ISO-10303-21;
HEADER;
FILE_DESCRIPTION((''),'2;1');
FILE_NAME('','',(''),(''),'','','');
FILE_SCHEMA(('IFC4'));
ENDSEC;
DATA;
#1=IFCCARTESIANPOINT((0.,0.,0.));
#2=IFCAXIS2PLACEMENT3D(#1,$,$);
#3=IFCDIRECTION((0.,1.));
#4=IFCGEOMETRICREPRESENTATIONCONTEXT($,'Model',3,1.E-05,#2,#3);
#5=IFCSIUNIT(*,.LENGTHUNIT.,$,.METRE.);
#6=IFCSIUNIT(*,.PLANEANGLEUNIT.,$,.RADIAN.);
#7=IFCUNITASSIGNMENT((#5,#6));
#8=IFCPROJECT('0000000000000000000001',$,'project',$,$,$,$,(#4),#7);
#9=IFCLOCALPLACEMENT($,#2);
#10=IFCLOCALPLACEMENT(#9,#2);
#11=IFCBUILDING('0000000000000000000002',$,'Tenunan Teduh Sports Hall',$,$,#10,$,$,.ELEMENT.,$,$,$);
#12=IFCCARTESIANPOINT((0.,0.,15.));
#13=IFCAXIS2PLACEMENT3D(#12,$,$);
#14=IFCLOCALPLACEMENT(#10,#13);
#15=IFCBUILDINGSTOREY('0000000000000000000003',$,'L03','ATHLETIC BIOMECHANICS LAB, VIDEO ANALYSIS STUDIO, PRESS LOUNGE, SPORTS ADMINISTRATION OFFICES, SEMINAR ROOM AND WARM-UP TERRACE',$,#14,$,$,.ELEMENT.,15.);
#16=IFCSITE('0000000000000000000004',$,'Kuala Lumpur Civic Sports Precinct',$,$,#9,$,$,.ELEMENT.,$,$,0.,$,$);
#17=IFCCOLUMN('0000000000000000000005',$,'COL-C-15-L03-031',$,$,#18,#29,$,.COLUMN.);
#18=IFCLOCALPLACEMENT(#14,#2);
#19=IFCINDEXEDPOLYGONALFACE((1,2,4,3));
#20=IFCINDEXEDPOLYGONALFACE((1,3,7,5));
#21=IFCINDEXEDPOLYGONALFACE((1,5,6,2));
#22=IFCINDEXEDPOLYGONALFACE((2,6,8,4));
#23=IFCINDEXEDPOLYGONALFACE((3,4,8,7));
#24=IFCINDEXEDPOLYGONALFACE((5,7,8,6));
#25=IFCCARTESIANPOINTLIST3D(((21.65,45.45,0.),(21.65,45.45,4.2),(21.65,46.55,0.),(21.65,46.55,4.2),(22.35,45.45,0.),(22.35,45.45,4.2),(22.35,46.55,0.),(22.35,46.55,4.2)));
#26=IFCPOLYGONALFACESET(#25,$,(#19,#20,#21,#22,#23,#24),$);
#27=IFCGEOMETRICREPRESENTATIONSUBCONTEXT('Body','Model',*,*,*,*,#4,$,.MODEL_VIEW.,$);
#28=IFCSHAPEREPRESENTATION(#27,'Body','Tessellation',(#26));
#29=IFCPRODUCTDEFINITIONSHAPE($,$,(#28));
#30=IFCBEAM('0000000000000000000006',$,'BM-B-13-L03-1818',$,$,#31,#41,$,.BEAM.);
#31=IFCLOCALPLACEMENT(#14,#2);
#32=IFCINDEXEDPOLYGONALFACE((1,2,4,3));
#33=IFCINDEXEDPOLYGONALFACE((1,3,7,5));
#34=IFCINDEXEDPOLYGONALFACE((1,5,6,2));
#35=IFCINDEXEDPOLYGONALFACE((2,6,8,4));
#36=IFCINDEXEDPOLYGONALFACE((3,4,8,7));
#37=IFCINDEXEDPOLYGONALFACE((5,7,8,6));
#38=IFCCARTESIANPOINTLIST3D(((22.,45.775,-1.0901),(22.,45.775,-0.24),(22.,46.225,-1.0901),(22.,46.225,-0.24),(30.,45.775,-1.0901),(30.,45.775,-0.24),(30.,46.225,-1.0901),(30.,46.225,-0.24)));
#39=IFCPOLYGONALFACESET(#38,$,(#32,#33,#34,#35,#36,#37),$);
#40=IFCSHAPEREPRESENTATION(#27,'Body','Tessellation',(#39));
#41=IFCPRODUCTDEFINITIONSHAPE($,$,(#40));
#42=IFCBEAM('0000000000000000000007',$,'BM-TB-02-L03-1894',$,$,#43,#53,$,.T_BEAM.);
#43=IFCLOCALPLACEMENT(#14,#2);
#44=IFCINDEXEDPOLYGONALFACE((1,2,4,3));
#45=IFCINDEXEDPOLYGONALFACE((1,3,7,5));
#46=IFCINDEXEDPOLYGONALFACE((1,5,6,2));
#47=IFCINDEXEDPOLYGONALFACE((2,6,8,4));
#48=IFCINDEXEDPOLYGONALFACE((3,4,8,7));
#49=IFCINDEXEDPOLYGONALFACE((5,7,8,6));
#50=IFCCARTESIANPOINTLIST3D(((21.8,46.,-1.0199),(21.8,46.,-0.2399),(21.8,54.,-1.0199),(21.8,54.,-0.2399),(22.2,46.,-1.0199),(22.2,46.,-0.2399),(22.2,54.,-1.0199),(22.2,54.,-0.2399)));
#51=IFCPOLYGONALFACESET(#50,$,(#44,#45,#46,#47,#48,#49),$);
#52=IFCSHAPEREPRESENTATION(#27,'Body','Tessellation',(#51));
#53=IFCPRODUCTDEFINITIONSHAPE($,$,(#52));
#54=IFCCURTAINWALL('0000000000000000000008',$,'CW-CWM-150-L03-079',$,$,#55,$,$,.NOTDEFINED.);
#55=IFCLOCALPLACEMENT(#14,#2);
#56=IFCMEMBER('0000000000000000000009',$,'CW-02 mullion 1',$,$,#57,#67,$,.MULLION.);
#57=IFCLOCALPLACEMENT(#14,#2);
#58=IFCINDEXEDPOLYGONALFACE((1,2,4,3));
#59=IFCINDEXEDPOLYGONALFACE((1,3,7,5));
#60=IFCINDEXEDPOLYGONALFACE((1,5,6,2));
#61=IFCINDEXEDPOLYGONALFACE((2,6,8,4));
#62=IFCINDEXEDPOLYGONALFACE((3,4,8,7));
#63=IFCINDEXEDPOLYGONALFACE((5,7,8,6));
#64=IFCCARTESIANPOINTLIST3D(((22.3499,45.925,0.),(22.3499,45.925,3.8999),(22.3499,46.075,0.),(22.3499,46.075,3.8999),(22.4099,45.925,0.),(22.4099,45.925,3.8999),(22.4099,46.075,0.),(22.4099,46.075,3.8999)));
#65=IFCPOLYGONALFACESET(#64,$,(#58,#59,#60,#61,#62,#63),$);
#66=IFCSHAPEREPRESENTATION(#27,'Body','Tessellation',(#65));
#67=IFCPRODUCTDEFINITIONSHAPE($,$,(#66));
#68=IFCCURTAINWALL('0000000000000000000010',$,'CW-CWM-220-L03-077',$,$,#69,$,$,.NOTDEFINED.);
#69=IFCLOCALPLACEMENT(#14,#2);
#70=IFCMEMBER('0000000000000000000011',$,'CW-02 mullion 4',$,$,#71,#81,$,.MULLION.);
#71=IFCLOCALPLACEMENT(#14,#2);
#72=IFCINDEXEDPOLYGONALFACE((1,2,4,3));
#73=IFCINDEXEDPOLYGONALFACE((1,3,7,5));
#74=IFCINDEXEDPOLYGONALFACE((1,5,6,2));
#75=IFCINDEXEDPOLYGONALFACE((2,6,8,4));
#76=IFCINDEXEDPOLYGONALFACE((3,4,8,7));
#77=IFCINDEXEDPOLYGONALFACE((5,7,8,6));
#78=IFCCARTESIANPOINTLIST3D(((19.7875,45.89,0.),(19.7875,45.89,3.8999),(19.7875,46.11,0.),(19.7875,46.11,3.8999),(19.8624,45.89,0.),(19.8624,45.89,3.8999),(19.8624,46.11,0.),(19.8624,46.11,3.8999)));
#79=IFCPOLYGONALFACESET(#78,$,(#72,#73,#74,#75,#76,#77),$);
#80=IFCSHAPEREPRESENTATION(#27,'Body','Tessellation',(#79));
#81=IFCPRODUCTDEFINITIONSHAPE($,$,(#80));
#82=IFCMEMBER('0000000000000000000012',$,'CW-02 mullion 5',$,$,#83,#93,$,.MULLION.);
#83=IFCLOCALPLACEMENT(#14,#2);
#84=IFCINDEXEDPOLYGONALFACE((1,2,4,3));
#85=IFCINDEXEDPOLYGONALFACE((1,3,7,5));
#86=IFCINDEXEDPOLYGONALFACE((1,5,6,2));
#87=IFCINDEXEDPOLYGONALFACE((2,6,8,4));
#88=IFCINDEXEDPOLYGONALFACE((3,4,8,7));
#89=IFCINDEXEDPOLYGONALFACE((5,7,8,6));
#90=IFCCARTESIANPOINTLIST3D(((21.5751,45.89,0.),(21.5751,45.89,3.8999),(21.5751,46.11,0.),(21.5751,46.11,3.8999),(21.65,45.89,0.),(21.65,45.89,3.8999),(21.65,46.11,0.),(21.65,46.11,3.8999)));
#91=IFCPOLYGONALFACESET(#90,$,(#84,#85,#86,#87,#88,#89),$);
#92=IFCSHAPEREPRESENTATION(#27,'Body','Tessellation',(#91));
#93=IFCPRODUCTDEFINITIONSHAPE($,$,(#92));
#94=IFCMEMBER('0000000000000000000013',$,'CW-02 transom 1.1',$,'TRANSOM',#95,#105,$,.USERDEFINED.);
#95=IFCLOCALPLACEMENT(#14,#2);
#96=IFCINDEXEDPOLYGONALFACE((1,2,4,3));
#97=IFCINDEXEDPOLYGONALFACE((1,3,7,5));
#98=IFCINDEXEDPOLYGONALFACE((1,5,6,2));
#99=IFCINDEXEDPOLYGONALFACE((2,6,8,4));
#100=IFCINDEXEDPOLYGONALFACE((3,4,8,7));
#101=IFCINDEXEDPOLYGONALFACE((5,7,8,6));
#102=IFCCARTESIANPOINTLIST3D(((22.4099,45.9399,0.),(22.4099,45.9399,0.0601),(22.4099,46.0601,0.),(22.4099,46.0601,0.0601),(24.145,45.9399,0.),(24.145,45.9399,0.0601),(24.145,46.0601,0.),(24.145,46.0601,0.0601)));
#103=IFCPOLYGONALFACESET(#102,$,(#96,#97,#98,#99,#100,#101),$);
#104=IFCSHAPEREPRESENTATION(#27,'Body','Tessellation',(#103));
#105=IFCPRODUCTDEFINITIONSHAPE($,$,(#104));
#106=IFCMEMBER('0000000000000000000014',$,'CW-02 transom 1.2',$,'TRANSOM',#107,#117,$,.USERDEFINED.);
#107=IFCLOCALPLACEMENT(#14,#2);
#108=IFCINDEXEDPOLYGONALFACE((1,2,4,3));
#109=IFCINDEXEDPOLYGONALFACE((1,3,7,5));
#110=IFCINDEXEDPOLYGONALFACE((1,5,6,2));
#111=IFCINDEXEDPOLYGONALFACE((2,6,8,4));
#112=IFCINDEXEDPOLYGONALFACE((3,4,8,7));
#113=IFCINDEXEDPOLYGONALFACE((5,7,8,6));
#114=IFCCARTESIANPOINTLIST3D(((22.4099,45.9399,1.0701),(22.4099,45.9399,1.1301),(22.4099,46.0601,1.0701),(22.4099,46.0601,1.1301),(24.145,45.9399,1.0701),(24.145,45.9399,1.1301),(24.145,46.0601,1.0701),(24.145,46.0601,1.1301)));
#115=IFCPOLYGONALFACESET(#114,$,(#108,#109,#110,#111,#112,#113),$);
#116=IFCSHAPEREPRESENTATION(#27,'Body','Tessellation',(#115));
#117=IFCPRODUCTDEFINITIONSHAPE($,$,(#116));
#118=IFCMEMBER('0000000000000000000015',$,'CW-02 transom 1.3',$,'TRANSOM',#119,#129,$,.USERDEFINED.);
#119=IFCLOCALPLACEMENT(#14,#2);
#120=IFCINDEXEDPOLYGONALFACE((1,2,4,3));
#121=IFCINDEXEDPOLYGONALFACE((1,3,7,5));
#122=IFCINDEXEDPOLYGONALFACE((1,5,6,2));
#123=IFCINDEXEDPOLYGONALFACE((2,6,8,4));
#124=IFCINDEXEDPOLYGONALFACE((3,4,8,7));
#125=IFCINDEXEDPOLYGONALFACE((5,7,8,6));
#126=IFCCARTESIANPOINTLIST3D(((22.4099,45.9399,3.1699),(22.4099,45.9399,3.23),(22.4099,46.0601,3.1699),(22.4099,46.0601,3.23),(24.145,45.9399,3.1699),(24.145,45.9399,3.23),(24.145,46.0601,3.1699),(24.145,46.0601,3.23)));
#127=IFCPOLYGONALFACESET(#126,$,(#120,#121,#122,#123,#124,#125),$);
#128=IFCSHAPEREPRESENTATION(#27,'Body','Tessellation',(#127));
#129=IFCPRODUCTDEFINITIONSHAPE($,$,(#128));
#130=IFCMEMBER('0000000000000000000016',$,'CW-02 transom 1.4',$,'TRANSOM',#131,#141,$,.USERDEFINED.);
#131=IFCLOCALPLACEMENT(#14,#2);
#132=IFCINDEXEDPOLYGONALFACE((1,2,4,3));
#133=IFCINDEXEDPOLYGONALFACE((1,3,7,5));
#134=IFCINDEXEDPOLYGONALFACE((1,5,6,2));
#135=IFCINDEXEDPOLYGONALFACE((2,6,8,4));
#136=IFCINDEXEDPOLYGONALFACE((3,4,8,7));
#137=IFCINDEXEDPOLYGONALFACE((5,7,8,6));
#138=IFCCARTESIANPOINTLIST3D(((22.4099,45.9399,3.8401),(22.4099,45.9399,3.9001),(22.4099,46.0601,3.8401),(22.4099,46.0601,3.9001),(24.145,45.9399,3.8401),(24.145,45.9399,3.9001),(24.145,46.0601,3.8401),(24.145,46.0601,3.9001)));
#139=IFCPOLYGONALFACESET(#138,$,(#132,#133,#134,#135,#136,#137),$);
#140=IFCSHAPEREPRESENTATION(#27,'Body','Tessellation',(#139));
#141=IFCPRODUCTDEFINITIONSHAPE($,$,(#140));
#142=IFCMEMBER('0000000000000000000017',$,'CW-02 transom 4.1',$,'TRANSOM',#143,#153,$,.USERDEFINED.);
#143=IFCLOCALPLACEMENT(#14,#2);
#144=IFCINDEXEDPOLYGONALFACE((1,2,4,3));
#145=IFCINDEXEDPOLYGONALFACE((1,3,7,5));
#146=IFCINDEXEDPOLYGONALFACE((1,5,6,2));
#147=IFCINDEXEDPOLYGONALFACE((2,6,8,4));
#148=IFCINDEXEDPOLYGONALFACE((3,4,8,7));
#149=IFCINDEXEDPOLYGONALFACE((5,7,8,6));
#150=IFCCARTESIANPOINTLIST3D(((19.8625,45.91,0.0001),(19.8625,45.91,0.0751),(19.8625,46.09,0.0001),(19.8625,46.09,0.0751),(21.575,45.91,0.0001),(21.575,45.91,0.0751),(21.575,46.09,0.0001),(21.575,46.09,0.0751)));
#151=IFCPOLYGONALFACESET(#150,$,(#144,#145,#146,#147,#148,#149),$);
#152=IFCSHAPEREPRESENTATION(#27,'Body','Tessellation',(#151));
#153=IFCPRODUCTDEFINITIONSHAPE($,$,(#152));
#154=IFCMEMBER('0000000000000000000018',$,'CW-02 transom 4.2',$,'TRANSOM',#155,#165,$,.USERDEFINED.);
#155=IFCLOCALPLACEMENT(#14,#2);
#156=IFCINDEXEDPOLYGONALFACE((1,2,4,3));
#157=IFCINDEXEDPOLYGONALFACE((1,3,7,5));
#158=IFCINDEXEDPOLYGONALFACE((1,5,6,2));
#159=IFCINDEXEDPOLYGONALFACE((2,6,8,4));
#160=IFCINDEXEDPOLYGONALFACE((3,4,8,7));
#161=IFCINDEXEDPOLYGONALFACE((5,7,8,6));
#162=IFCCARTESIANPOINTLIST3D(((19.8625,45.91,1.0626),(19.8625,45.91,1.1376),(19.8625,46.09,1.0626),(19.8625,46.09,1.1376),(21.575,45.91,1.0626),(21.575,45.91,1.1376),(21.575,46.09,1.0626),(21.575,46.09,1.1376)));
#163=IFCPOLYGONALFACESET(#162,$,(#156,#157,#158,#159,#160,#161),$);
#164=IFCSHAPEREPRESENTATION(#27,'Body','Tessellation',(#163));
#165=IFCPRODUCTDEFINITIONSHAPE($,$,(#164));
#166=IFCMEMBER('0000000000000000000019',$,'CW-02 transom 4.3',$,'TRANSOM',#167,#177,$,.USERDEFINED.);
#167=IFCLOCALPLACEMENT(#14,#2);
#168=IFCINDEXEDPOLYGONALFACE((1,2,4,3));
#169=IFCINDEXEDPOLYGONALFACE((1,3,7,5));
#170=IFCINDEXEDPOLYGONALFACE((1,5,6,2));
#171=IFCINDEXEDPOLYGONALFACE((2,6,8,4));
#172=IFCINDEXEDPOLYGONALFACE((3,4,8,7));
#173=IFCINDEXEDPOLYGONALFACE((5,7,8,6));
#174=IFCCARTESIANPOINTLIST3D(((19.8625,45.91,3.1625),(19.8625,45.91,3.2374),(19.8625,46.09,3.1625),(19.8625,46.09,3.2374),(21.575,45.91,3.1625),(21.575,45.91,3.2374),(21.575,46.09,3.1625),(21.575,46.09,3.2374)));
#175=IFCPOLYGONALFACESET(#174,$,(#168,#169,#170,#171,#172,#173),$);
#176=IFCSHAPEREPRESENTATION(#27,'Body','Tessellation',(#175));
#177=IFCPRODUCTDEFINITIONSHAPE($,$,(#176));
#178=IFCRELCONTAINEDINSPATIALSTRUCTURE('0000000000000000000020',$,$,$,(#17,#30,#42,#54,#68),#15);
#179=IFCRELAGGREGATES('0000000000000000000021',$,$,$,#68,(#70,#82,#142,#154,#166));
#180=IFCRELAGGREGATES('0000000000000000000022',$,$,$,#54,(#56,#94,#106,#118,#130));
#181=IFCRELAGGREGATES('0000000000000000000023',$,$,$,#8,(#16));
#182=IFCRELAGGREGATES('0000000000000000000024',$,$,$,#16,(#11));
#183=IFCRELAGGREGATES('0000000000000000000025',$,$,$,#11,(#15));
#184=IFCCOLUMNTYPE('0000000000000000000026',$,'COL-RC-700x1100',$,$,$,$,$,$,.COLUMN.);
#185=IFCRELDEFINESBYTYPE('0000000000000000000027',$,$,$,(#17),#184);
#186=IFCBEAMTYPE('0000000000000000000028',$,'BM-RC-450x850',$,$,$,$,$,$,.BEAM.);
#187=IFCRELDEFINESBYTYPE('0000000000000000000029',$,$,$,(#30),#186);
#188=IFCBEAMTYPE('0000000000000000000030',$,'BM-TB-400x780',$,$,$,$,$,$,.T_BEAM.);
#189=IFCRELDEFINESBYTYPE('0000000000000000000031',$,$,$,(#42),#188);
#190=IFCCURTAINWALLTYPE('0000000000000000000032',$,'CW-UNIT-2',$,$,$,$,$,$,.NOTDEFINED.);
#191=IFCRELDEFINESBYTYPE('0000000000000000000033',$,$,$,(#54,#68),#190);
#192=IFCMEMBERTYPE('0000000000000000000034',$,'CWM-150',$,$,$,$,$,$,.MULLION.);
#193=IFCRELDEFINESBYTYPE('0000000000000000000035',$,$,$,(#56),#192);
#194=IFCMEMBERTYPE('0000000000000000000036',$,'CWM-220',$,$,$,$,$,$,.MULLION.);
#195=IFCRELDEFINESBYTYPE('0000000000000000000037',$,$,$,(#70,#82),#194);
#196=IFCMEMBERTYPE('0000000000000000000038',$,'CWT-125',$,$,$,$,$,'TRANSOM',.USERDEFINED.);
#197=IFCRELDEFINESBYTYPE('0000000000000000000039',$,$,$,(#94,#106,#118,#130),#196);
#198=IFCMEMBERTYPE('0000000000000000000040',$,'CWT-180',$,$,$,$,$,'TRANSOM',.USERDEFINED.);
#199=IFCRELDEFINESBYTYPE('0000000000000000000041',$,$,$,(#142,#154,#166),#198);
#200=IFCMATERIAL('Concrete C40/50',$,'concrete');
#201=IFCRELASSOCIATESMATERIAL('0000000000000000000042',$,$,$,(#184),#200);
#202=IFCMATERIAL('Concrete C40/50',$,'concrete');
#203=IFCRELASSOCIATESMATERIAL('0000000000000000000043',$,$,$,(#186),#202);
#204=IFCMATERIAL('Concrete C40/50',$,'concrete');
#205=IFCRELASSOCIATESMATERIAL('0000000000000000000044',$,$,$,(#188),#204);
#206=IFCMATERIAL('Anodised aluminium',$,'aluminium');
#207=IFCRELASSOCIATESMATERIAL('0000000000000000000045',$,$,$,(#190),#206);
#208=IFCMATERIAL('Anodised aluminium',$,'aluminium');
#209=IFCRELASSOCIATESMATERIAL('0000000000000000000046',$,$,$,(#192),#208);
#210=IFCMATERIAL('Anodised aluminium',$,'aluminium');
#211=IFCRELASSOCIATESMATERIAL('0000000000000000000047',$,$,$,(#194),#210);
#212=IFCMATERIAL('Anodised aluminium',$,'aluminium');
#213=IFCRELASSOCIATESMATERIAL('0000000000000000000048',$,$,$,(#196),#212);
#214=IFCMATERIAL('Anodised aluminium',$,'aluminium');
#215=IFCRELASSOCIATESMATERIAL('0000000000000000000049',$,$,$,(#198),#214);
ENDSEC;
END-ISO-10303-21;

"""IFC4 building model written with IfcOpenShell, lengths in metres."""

from ifc_helpers import new_model, si_unit, direction, frame, origin, origin_2d, place, context, subcontext, project, spatial, rectangle, extrude, material, material_profile, profile_set, type_object, element, aggregate, save


model = new_model("IFC4")

# Units and contexts
model_context = context("Model", 3, precision=1e-05, world=origin(), true_north=direction((0.0, 1.0)))
body_context = subcontext(model_context, "Body", "Model", "MODEL_VIEW")
ifc_project = project(units=[si_unit("LENGTHUNIT", "METRE"), si_unit("PLANEANGLEUNIT", "RADIAN")], contexts=[model_context])

# Site, building, storey
site_placement = place(None, origin())
site = spatial("IfcSite", under=ifc_project, at=site_placement, Name="Kuala Lumpur Civic Sports Precinct", CompositionType="ELEMENT", RefElevation=0.0)
building_placement = place(site_placement, origin())
building = spatial("IfcBuilding", under=site, at=building_placement, Name="Tenunan Teduh Sports Hall", CompositionType="ELEMENT")
storey_placement = place(building_placement, frame((0.0, 0.0, 15.0)))
storey = spatial("IfcBuildingStorey", under=building, at=storey_placement, Name="L03", Description="ATHLETIC BIOMECHANICS LAB, VIDEO ANALYSIS STUDIO, PRESS LOUNGE, SPORTS ADMINISTRATION OFFICES, SEMINAR ROOM AND WARM-UP TERRACE", CompositionType="ELEMENT", Elevation=15.0)

# Column
ifc_material_1 = material(Name="Concrete C40/50", Category="concrete")
ifc_material_profile_1 = material_profile(ifc_material_1, rectangle(XDim=0.7, YDim=1.1001, at=origin_2d()), Name="RC 700x1100")
ifc_profile_set_1 = profile_set([ifc_material_profile_1], Name="Concrete C40/50")
column_type = type_object("IfcColumnType", Name="COL-RC-700x1100", PredefinedType="COLUMN", material=ifc_profile_set_1)
column_placement = place(storey_placement, frame((22.0, 46.0, 0.0), z_axis=(0.0, 0.0, 1.0), x_axis=(1.0, 0.0, 0.0)))
element("IfcColumn", 1, at=column_placement, inside=storey, type_object=column_type, Name="COL-C-15-L03-031", PredefinedType="COLUMN", context=body_context, shape_type="SweptSolid", body=[
    extrude(rectangle(XDim=0.7, YDim=1.1001, at=origin_2d()), origin(), (0.0, 0.0, 1.0), 4.2),
])

# Beams
ifc_material_2 = material(Name="Concrete C40/50", Category="concrete")
ifc_material_profile_2 = material_profile(ifc_material_2, rectangle(XDim=0.45, YDim=0.8501, at=origin_2d()), Name="RCB 450x850")
ifc_profile_set_2 = profile_set([ifc_material_profile_2], Name="Concrete C40/50")
beam_type_1 = type_object("IfcBeamType", Name="BM-RC-450x850", PredefinedType="BEAM", material=ifc_profile_set_2)
beam_1_placement = place(storey_placement, frame((22.0, 46.0, -0.665), z_axis=(1.0, 0.0, 0.0), x_axis=(0.0, 1.0, 0.0)))
element("IfcBeam", 2, at=beam_1_placement, inside=storey, type_object=beam_type_1, Name="BM-B-13-L03-1818", PredefinedType="BEAM", context=body_context, shape_type="SweptSolid", body=[
    extrude(rectangle(XDim=0.45, YDim=0.8501, at=origin_2d()), origin(), (0.0, 0.0, 1.0), 8.0),
])
ifc_material_3 = material(Name="Concrete C40/50", Category="concrete")
ifc_material_profile_3 = material_profile(ifc_material_3, rectangle(XDim=0.3999, YDim=0.78, at=origin_2d()), Name="TB 400x780")
ifc_profile_set_3 = profile_set([ifc_material_profile_3], Name="Concrete C40/50")
beam_type_2 = type_object("IfcBeamType", Name="BM-TB-400x780", PredefinedType="T_BEAM", material=ifc_profile_set_3)
beam_2_placement = place(storey_placement, frame((22.0, 46.0, -0.6299), z_axis=(0.0, 1.0, 0.0), x_axis=(-1.0, 0.0, 0.0)))
element("IfcBeam", 3, at=beam_2_placement, inside=storey, type_object=beam_type_2, Name="BM-TB-02-L03-1894", PredefinedType="T_BEAM", context=body_context, shape_type="SweptSolid", body=[
    extrude(rectangle(XDim=0.3999, YDim=0.78, at=origin_2d()), origin(), (0.0, 0.0, 1.0), 8.0),
])

# Curtain wall, member
ifc_material_4 = material(Name="Anodised aluminium", Category="aluminium")
curtain_wall_type = type_object("IfcCurtainWallType", Name="CW-UNIT-2", PredefinedType="NOTDEFINED", material=ifc_material_4)
curtain_wall_1_placement = place(storey_placement, origin())
curtain_wall_1 = element("IfcCurtainWall", 4, at=curtain_wall_1_placement, inside=storey, type_object=curtain_wall_type, Name="CW-CWM-150-L03-079", PredefinedType="NOTDEFINED")
ifc_material_5 = material(Name="Anodised aluminium", Category="aluminium")
ifc_material_profile_4 = material_profile(ifc_material_5, rectangle(XDim=0.0601, YDim=0.1499, at=origin_2d()), Name="CWM 60x150")
ifc_profile_set_4 = profile_set([ifc_material_profile_4], Name="Anodised aluminium")
member_type_1 = type_object("IfcMemberType", Name="CWM-150", PredefinedType="MULLION", material=ifc_profile_set_4)
member_1_placement = place(storey_placement, frame((22.3799, 46.0, 0.0), z_axis=(0.0, 0.0, 1.0), x_axis=(1.0, 0.0, 0.0)))
member_1 = element("IfcMember", 5, at=member_1_placement, type_object=member_type_1, Name="CW-02 mullion 1", PredefinedType="MULLION", context=body_context, shape_type="SweptSolid", body=[
    extrude(rectangle(XDim=0.0601, YDim=0.1499, at=origin_2d()), origin(), (0.0, 0.0, 1.0), 3.8999),
])

# Curtain wall, members
curtain_wall_2_placement = place(storey_placement, origin())
curtain_wall_2 = element("IfcCurtainWall", 6, at=curtain_wall_2_placement, inside=storey, type_object=curtain_wall_type, Name="CW-CWM-220-L03-077", PredefinedType="NOTDEFINED")
ifc_material_6 = material(Name="Anodised aluminium", Category="aluminium")
ifc_material_profile_5 = material_profile(ifc_material_6, rectangle(XDim=0.075, YDim=0.22, at=origin_2d()), Name="CWM 75x220")
ifc_profile_set_5 = profile_set([ifc_material_profile_5], Name="Anodised aluminium")
member_type_2 = type_object("IfcMemberType", Name="CWM-220", PredefinedType="MULLION", material=ifc_profile_set_5)
member_2_placement = place(storey_placement, frame((19.825, 46.0, 0.0), z_axis=(0.0, 0.0, 1.0), x_axis=(1.0, 0.0, 0.0)))
member_2 = element("IfcMember", 7, at=member_2_placement, type_object=member_type_2, Name="CW-02 mullion 4", PredefinedType="MULLION", context=body_context, shape_type="SweptSolid", body=[
    extrude(rectangle(XDim=0.075, YDim=0.22, at=origin_2d()), origin(), (0.0, 0.0, 1.0), 3.8999),
])
member_3_placement = place(storey_placement, frame((21.6125, 46.0, 0.0), z_axis=(0.0, 0.0, 1.0), x_axis=(1.0, 0.0, 0.0)))
member_3 = element("IfcMember", 8, at=member_3_placement, type_object=member_type_2, Name="CW-02 mullion 5", PredefinedType="MULLION", context=body_context, shape_type="SweptSolid", body=[
    extrude(rectangle(XDim=0.075, YDim=0.22, at=origin_2d()), origin(), (0.0, 0.0, 1.0), 3.8999),
])

# Members
ifc_material_7 = material(Name="Anodised aluminium", Category="aluminium")
ifc_material_profile_6 = material_profile(ifc_material_7, rectangle(XDim=0.0601, YDim=0.1201, at=origin_2d()), Name="CWT 60x120")
ifc_profile_set_6 = profile_set([ifc_material_profile_6], Name="Anodised aluminium")
member_type_3 = type_object("IfcMemberType", Name="CWT-125", ElementType="TRANSOM", PredefinedType="USERDEFINED", material=ifc_profile_set_6)
member_4_placement = place(storey_placement, frame((22.4099, 46.0, 0.03), z_axis=(1.0, 0.0, 0.0), x_axis=(0.0, 0.0, 1.0)))
member_4 = element("IfcMember", 9, at=member_4_placement, type_object=member_type_3, Name="CW-02 transom 1.1", ObjectType="TRANSOM", PredefinedType="USERDEFINED", context=body_context, shape_type="SweptSolid", body=[
    extrude(rectangle(XDim=0.0601, YDim=0.1201, at=origin_2d()), origin(), (0.0, 0.0, 1.0), 1.7351),
])
member_5_placement = place(storey_placement, frame((22.4099, 46.0, 1.1001), z_axis=(1.0, 0.0, 0.0), x_axis=(0.0, 0.0, 1.0)))
member_5 = element("IfcMember", 10, at=member_5_placement, type_object=member_type_3, Name="CW-02 transom 1.2", ObjectType="TRANSOM", PredefinedType="USERDEFINED", context=body_context, shape_type="SweptSolid", body=[
    extrude(rectangle(XDim=0.0601, YDim=0.1201, at=origin_2d()), origin(), (0.0, 0.0, 1.0), 1.7351),
])
member_6_placement = place(storey_placement, frame((22.4099, 46.0, 3.2), z_axis=(1.0, 0.0, 0.0), x_axis=(0.0, 0.0, 1.0)))
member_6 = element("IfcMember", 11, at=member_6_placement, type_object=member_type_3, Name="CW-02 transom 1.3", ObjectType="TRANSOM", PredefinedType="USERDEFINED", context=body_context, shape_type="SweptSolid", body=[
    extrude(rectangle(XDim=0.0601, YDim=0.1201, at=origin_2d()), origin(), (0.0, 0.0, 1.0), 1.7351),
])
member_7_placement = place(storey_placement, frame((22.4099, 46.0, 3.8701), z_axis=(1.0, 0.0, 0.0), x_axis=(0.0, 0.0, 1.0)))
member_7 = element("IfcMember", 12, at=member_7_placement, type_object=member_type_3, Name="CW-02 transom 1.4", ObjectType="TRANSOM", PredefinedType="USERDEFINED", context=body_context, shape_type="SweptSolid", body=[
    extrude(rectangle(XDim=0.0601, YDim=0.1201, at=origin_2d()), origin(), (0.0, 0.0, 1.0), 1.7351),
])
ifc_material_8 = material(Name="Anodised aluminium", Category="aluminium")
ifc_material_profile_7 = material_profile(ifc_material_8, rectangle(XDim=0.075, YDim=0.1799, at=origin_2d()), Name="CWT 75x180")
ifc_profile_set_7 = profile_set([ifc_material_profile_7], Name="Anodised aluminium")
member_type_4 = type_object("IfcMemberType", Name="CWT-180", ElementType="TRANSOM", PredefinedType="USERDEFINED", material=ifc_profile_set_7)
member_8_placement = place(storey_placement, frame((19.8625, 46.0, 0.0376), z_axis=(1.0, 0.0, 0.0), x_axis=(0.0, 0.0, 1.0)))
member_8 = element("IfcMember", 13, at=member_8_placement, type_object=member_type_4, Name="CW-02 transom 4.1", ObjectType="TRANSOM", PredefinedType="USERDEFINED", context=body_context, shape_type="SweptSolid", body=[
    extrude(rectangle(XDim=0.075, YDim=0.1799, at=origin_2d()), origin(), (0.0, 0.0, 1.0), 1.7124),
])
member_9_placement = place(storey_placement, frame((19.8625, 46.0, 1.1001), z_axis=(1.0, 0.0, 0.0), x_axis=(0.0, 0.0, 1.0)))
member_9 = element("IfcMember", 14, at=member_9_placement, type_object=member_type_4, Name="CW-02 transom 4.2", ObjectType="TRANSOM", PredefinedType="USERDEFINED", context=body_context, shape_type="SweptSolid", body=[
    extrude(rectangle(XDim=0.075, YDim=0.1799, at=origin_2d()), origin(), (0.0, 0.0, 1.0), 1.7124),
])
member_10_placement = place(storey_placement, frame((19.8625, 46.0, 3.2), z_axis=(1.0, 0.0, 0.0), x_axis=(0.0, 0.0, 1.0)))
member_10 = element("IfcMember", 15, at=member_10_placement, type_object=member_type_4, Name="CW-02 transom 4.3", ObjectType="TRANSOM", PredefinedType="USERDEFINED", context=body_context, shape_type="SweptSolid", body=[
    extrude(rectangle(XDim=0.075, YDim=0.1799, at=origin_2d()), origin(), (0.0, 0.0, 1.0), 1.7124),
])

aggregate(curtain_wall_2, [member_2, member_3, member_8, member_9, member_10])
aggregate(curtain_wall_1, [member_1, member_4, member_5, member_6, member_7])

save(model, "model.ifc")
